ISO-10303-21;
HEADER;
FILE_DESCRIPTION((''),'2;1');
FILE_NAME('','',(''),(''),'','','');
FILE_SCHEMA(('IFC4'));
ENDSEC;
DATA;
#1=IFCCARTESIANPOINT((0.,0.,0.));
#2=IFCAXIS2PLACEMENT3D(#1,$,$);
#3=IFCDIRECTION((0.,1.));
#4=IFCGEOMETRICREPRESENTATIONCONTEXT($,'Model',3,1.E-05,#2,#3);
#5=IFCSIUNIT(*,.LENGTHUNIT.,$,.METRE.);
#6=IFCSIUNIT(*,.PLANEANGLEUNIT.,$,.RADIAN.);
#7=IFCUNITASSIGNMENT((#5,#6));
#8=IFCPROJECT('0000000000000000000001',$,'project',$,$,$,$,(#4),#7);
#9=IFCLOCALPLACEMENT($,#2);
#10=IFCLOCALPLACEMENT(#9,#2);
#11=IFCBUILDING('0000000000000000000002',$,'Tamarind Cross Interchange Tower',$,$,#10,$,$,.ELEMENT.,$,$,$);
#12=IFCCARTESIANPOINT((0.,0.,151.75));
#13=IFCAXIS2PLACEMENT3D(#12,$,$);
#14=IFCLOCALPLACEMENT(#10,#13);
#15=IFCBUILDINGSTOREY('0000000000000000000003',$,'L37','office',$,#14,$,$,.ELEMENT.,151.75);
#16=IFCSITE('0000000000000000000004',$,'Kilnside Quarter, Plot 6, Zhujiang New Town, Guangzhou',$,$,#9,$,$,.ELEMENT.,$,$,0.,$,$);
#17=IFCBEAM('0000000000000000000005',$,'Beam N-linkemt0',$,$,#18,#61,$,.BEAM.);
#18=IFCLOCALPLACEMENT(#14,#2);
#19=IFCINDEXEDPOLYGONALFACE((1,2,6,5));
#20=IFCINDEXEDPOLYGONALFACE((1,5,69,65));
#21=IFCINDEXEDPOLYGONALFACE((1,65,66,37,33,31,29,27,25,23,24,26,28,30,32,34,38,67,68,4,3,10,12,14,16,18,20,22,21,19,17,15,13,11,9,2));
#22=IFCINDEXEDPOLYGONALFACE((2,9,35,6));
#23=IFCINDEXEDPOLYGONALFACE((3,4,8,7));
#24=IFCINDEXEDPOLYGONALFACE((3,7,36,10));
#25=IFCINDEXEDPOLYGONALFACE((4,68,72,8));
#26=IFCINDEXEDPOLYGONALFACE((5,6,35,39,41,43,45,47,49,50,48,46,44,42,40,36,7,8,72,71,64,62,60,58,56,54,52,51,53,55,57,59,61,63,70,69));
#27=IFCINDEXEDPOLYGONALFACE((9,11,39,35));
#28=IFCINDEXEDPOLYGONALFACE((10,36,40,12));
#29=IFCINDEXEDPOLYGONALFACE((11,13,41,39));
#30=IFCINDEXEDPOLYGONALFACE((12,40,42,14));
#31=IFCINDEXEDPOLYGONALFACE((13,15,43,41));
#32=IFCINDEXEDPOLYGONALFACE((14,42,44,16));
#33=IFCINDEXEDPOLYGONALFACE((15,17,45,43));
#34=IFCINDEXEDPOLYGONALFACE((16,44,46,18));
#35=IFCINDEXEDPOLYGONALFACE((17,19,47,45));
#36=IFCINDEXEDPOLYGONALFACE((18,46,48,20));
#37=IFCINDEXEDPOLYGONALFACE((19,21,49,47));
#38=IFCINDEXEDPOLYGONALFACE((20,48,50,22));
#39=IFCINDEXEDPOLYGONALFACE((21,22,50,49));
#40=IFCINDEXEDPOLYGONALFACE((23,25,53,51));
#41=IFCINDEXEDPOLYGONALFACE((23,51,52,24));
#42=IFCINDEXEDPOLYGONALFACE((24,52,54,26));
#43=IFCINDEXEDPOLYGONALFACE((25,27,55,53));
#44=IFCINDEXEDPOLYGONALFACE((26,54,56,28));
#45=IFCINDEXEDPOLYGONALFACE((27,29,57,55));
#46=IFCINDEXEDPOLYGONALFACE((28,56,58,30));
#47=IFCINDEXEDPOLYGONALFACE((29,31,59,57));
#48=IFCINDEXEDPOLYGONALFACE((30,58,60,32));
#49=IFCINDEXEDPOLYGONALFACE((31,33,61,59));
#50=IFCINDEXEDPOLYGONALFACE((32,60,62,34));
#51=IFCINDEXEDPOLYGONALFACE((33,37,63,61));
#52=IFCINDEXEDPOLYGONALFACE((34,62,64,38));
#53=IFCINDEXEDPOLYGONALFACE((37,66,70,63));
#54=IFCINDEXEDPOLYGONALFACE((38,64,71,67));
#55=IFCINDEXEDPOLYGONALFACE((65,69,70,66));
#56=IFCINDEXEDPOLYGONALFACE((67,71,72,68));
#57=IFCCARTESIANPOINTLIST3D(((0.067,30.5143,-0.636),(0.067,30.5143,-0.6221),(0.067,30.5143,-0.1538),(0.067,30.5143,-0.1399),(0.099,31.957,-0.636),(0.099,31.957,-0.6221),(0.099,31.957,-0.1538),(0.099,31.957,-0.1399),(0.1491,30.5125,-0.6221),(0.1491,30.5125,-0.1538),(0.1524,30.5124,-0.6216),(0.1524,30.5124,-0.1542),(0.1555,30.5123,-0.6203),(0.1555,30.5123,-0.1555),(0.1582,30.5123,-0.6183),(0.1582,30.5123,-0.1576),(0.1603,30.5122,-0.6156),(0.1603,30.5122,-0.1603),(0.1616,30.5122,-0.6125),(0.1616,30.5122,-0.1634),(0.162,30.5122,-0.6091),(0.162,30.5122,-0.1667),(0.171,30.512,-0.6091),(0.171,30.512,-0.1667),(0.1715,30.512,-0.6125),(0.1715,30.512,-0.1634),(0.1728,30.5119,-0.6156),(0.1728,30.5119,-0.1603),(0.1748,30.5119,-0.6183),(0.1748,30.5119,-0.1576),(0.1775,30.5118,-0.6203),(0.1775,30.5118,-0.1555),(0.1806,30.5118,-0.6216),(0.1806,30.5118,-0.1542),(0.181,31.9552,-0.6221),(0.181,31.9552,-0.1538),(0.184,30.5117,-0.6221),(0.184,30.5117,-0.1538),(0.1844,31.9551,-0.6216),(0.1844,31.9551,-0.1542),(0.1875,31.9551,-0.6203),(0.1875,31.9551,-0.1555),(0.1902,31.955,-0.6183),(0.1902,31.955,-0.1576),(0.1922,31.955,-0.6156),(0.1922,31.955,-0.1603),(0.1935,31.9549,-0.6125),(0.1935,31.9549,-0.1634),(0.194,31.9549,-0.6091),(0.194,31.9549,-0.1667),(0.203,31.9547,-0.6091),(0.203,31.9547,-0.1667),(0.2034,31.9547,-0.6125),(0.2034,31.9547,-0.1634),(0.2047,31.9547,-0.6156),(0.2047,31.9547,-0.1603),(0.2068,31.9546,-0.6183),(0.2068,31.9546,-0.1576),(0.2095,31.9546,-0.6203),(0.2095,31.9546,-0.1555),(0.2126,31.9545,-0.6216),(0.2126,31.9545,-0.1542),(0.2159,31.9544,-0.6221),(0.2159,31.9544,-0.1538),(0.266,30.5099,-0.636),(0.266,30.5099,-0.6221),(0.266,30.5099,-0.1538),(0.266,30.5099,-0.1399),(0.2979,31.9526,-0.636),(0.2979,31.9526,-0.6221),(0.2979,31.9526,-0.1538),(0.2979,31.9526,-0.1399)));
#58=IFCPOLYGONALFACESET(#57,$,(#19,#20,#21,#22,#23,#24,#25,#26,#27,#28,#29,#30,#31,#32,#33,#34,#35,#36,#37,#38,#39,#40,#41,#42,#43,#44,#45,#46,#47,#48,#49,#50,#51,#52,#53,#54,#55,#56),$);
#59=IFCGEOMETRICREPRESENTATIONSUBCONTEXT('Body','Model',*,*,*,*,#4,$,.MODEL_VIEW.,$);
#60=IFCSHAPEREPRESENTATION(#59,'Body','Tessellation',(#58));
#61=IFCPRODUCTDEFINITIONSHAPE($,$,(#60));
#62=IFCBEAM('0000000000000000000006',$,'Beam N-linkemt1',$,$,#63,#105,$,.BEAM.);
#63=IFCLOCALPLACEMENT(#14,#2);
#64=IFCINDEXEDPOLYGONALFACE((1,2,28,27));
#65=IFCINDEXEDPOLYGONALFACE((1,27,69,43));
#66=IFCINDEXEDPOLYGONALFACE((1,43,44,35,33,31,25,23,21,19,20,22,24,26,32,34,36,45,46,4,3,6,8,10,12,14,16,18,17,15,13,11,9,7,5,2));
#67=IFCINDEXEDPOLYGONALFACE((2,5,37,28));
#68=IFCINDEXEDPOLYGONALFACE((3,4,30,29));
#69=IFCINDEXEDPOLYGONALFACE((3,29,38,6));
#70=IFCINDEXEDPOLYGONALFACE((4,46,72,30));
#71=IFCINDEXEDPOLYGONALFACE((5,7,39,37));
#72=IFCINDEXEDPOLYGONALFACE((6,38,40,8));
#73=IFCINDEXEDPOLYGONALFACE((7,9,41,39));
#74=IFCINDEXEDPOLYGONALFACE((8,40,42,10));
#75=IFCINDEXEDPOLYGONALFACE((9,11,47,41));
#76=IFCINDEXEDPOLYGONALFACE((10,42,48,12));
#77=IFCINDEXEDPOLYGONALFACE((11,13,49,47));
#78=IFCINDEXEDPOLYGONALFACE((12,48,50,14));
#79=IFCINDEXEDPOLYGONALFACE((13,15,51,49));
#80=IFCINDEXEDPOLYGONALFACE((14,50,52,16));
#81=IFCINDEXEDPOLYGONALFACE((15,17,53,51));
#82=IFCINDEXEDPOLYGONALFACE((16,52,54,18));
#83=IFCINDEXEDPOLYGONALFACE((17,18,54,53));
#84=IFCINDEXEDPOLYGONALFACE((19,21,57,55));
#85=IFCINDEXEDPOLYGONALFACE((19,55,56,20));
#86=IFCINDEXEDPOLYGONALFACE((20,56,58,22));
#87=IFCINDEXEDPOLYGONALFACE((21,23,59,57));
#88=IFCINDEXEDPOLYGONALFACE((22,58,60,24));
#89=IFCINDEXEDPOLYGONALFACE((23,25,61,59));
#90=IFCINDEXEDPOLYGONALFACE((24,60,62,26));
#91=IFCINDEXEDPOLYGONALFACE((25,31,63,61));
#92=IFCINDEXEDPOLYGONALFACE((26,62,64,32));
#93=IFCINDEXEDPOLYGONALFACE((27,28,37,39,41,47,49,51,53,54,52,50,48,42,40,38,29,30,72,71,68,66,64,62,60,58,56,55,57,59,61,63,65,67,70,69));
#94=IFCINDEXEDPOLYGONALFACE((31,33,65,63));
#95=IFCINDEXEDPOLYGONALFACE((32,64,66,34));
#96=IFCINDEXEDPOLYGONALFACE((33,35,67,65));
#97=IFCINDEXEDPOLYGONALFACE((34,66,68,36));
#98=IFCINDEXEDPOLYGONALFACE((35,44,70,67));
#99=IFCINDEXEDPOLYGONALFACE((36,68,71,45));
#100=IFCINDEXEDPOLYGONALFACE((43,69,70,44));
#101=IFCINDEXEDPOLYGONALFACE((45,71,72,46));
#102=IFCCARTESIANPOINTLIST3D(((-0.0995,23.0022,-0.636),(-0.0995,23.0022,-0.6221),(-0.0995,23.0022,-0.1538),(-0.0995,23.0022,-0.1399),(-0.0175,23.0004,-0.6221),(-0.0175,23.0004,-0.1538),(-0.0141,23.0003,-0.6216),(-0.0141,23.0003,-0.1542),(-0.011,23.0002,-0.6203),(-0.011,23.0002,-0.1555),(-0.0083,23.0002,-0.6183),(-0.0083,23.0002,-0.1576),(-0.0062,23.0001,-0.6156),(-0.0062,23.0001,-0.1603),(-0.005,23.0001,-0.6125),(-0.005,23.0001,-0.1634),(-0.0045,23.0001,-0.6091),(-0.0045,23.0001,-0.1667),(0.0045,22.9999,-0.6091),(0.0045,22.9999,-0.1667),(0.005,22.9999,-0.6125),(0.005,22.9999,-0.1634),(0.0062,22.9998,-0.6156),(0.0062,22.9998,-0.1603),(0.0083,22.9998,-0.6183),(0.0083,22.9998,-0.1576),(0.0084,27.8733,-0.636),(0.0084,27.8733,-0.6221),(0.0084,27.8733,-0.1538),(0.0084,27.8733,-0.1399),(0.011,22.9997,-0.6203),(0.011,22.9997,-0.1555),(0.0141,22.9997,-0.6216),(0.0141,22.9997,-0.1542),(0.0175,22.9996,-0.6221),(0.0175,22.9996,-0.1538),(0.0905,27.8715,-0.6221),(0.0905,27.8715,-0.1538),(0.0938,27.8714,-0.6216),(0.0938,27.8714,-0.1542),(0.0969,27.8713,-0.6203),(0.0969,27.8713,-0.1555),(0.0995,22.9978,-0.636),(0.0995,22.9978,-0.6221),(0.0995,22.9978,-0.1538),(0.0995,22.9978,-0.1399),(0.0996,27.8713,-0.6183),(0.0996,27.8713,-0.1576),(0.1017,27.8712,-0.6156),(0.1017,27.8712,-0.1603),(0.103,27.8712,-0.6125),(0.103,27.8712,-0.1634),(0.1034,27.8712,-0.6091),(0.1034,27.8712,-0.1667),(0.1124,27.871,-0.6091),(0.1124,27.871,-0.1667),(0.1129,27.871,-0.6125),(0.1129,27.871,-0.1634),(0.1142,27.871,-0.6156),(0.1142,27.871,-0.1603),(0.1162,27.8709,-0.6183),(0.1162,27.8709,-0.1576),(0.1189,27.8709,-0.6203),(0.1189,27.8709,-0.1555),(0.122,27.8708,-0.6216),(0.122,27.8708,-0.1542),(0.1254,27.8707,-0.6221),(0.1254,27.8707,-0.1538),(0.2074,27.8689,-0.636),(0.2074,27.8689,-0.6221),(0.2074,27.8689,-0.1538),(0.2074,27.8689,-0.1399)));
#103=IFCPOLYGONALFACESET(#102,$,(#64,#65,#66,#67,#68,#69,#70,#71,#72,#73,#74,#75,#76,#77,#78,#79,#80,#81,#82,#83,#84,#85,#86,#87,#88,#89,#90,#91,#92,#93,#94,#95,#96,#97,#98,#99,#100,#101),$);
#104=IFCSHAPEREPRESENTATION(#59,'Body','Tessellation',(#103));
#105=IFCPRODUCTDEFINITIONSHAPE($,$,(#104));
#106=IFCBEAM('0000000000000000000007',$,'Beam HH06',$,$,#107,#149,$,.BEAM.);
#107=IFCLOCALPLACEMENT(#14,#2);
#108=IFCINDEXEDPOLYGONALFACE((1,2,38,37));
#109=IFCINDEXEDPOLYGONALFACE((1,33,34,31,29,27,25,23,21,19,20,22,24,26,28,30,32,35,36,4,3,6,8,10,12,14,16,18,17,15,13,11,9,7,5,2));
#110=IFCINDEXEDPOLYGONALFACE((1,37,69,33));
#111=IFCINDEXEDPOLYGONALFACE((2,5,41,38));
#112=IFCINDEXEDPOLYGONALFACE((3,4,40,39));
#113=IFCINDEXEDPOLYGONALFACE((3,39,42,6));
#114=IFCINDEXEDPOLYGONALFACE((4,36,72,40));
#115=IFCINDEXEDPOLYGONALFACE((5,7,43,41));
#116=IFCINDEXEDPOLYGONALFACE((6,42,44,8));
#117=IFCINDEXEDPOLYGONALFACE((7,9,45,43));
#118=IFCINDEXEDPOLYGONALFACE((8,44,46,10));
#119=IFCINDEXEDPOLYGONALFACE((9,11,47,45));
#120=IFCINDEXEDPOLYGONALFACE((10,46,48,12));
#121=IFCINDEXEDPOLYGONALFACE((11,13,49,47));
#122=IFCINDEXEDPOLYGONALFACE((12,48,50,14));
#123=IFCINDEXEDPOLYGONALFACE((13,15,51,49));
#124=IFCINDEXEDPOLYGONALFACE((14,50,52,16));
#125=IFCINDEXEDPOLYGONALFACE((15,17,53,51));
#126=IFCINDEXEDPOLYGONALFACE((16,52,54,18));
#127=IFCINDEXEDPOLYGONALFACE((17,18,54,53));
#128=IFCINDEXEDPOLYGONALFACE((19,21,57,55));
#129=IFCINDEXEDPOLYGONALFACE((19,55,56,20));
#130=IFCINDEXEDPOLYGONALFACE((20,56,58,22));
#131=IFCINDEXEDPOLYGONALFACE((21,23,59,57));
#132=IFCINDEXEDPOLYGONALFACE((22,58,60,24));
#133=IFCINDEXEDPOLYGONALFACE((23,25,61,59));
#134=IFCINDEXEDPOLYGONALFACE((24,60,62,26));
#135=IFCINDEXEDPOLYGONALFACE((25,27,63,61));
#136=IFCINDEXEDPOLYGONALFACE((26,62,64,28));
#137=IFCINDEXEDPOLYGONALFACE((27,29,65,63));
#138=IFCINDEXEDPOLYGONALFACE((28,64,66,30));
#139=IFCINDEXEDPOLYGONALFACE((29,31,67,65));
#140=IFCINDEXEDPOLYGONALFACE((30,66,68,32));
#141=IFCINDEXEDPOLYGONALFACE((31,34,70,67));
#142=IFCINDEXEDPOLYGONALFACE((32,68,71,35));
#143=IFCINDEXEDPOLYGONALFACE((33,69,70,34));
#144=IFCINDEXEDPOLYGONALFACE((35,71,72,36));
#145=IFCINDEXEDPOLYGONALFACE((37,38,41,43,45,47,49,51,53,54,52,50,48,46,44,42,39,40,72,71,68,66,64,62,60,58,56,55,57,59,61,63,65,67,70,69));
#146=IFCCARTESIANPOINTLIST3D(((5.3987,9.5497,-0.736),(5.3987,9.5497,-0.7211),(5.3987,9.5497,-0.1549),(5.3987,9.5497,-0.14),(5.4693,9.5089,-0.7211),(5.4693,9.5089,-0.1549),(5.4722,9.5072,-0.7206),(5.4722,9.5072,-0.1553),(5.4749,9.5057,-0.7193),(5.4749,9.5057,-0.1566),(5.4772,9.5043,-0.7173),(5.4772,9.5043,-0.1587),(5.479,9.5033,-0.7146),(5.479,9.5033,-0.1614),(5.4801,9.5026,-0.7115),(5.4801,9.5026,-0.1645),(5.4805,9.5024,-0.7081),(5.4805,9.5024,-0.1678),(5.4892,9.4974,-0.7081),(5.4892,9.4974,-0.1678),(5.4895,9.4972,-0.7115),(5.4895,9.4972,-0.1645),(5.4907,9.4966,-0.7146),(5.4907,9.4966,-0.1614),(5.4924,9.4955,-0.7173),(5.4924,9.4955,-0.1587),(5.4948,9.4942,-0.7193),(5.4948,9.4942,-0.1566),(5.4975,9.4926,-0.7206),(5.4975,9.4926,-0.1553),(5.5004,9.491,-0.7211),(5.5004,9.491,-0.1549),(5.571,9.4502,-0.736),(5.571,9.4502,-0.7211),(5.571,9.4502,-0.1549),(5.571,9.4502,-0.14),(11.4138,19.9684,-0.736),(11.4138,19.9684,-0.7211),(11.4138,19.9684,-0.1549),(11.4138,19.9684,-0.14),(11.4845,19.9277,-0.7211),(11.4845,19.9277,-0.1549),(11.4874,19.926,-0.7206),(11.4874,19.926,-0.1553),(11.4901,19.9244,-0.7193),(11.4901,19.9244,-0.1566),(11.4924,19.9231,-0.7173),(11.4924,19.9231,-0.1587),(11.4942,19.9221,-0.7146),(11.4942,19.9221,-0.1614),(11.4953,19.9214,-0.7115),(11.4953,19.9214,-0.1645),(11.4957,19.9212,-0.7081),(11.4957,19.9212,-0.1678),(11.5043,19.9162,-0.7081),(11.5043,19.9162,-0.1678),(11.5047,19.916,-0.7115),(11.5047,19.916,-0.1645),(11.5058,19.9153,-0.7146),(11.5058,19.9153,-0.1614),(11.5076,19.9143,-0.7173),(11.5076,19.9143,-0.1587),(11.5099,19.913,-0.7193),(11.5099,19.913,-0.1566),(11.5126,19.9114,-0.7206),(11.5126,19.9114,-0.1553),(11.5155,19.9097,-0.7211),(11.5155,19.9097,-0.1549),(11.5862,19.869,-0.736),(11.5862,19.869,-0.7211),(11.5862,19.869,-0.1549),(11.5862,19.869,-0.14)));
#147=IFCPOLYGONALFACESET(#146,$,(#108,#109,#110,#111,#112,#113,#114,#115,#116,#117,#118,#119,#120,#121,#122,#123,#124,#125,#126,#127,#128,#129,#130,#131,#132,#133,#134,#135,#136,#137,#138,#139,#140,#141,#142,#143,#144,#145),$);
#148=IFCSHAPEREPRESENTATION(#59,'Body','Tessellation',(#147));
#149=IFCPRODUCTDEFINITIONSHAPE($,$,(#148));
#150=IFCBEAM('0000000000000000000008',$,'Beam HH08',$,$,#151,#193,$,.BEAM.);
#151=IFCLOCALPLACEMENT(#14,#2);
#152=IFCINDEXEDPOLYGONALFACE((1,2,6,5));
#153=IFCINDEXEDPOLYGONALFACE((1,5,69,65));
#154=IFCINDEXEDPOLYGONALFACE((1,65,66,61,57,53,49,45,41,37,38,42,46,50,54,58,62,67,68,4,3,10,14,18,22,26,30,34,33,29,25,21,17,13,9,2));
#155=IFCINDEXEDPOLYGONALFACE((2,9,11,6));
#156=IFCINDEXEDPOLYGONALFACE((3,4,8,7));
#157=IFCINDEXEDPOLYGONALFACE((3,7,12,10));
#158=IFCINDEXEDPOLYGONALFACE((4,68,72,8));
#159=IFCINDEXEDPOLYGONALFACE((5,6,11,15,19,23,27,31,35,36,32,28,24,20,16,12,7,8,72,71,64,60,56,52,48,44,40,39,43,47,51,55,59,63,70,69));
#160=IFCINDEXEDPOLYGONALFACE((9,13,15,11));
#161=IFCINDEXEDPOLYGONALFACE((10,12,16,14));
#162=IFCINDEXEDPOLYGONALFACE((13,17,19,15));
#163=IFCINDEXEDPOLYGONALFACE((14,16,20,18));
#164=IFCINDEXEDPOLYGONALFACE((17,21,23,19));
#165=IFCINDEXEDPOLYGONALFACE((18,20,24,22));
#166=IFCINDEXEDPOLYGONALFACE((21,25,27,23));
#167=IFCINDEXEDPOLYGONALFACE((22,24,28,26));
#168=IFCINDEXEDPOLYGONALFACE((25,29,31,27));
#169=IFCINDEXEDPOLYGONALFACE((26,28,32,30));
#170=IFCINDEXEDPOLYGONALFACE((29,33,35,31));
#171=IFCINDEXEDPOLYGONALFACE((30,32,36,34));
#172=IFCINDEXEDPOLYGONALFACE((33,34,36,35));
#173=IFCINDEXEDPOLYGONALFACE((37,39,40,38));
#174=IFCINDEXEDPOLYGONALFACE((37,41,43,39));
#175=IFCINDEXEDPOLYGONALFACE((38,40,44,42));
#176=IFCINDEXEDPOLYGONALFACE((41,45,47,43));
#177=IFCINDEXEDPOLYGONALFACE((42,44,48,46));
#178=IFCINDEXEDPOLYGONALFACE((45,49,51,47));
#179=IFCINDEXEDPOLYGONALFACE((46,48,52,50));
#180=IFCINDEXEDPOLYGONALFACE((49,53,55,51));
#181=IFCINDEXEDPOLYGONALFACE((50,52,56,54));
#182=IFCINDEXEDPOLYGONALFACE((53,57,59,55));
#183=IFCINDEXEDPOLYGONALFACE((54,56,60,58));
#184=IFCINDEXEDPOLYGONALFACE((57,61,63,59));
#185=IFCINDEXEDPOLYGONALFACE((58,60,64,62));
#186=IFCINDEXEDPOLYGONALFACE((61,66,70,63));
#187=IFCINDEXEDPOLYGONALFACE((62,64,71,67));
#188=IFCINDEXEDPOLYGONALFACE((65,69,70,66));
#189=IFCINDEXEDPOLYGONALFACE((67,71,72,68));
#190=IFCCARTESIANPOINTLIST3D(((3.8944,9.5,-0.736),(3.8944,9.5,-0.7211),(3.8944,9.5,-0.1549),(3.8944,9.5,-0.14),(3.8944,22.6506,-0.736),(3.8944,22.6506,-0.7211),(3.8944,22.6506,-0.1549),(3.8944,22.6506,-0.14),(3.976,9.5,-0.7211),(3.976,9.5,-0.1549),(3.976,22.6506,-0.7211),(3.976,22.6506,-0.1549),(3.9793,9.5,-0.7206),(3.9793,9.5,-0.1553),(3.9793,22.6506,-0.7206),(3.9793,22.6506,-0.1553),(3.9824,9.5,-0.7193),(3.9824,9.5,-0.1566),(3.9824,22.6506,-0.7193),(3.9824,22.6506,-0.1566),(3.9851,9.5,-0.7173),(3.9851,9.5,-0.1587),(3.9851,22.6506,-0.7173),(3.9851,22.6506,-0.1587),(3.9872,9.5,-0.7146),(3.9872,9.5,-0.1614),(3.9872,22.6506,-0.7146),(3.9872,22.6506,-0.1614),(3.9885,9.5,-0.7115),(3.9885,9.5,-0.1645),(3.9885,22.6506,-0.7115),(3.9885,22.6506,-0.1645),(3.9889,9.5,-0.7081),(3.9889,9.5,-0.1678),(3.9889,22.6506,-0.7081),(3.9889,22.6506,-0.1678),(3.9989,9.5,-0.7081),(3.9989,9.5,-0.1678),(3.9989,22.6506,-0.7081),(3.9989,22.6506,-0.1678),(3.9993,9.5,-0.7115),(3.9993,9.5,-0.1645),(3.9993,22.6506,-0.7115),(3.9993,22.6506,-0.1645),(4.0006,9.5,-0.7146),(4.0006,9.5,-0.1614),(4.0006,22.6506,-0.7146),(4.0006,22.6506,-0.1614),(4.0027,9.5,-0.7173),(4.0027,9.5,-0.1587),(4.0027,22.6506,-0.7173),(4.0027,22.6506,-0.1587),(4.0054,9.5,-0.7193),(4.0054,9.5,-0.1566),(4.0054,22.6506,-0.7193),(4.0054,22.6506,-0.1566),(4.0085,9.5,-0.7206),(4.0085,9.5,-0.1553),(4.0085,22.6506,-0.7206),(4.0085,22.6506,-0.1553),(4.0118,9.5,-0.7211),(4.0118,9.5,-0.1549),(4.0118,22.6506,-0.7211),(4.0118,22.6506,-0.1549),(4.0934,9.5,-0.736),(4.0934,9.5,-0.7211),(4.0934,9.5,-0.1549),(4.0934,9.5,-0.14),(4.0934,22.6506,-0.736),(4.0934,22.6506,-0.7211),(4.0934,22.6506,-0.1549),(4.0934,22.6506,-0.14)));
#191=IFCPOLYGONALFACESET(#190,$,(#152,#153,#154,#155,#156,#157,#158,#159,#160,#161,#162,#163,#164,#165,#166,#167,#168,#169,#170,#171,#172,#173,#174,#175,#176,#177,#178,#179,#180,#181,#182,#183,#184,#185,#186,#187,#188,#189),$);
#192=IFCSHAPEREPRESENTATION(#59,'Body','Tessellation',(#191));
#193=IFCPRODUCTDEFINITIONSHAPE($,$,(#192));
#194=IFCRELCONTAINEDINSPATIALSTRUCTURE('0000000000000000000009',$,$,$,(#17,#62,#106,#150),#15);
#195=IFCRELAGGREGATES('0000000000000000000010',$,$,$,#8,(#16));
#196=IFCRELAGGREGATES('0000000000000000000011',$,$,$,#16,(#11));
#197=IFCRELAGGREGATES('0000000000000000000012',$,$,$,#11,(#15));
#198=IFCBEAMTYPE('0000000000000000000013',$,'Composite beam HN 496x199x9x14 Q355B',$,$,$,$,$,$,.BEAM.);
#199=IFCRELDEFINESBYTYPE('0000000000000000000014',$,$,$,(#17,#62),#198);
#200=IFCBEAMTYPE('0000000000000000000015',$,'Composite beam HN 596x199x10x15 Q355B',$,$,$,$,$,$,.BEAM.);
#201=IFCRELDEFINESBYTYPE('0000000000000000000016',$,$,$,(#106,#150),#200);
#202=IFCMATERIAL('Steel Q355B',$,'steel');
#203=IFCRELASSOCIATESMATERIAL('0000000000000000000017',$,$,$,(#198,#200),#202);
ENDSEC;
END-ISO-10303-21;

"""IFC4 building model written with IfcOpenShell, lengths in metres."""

from ifc_helpers import new_model, si_unit, direction, frame, origin, origin_2d, place, context, subcontext, project, spatial, i_section, extrude, material, material_profile, profile_set, type_object, element, save


model = new_model("IFC4")

# Units and contexts
model_context = context("Model", 3, precision=1e-05, world=origin(), true_north=direction((0.0, 1.0)))
body_context = subcontext(model_context, "Body", "Model", "MODEL_VIEW")
ifc_project = project(units=[si_unit("LENGTHUNIT", "METRE"), si_unit("PLANEANGLEUNIT", "RADIAN")], contexts=[model_context])

# Site, building, storey
site_placement = place(None, origin())
site = spatial("IfcSite", under=ifc_project, at=site_placement, Name="Kilnside Quarter, Plot 6, Zhujiang New Town, Guangzhou", CompositionType="ELEMENT", RefElevation=0.0)
building_placement = place(site_placement, origin())
building = spatial("IfcBuilding", under=site, at=building_placement, Name="Tamarind Cross Interchange Tower", CompositionType="ELEMENT")
storey_placement = place(building_placement, frame((0.0, 0.0, 151.75)))
storey = spatial("IfcBuildingStorey", under=building, at=storey_placement, Name="L37", Description="office", CompositionType="ELEMENT", Elevation=151.75)

# Beams
ifc_material_1 = material(Name="Steel Q355B", Category="steel")
ifc_material_profile_1 = material_profile(ifc_material_1, i_section(OverallWidth=0.199, OverallDepth=0.4961, WebThickness=0.009, FlangeThickness=0.0139, FilletRadius=0.0129, at=origin_2d()), Name="HN 496x199x9x14")
ifc_profile_set_1 = profile_set([ifc_material_profile_1], Name="Steel Q355B")
beam_type_1 = type_object("IfcBeamType", Name="Composite beam HN 496x199x9x14 Q355B", PredefinedType="BEAM", material=ifc_profile_set_1)
beam_1_placement = place(storey_placement, frame((0.1985, 31.9548, -0.3879), z_axis=(-0.02216, -0.999754, 0.0), x_axis=(0.999754, -0.02216, 0.0)))
element("IfcBeam", 1, at=beam_1_placement, inside=storey, type_object=beam_type_1, Name="Beam N-linkemt0", PredefinedType="BEAM", context=body_context, shape_type="SweptSolid", body=[
    extrude(i_section(OverallWidth=0.199, OverallDepth=0.4961, WebThickness=0.009, FlangeThickness=0.0139, FilletRadius=0.0129, at=origin_2d()), origin(), (0.0, 0.0, 1.0), 1.4431),
])
beam_2_placement = place(storey_placement, frame((0.1079, 27.8711, -0.3879), z_axis=(-0.022148, -0.999755, 0.0), x_axis=(0.999755, -0.022148, 0.0)))
element("IfcBeam", 2, at=beam_2_placement, inside=storey, type_object=beam_type_1, Name="Beam N-linkemt1", PredefinedType="BEAM", context=body_context, shape_type="SweptSolid", body=[
    extrude(i_section(OverallWidth=0.199, OverallDepth=0.4961, WebThickness=0.009, FlangeThickness=0.0139, FilletRadius=0.0129, at=origin_2d()), origin(), (0.0, 0.0, 1.0), 4.8723),
])
ifc_material_profile_2 = material_profile(ifc_material_1, i_section(OverallWidth=0.199, OverallDepth=0.5959, WebThickness=0.01, FlangeThickness=0.0149, FilletRadius=0.0129, at=origin_2d()), Name="HN 596x199x10x15")
ifc_profile_set_2 = profile_set([ifc_material_profile_2], Name="Steel Q355B")
beam_type_2 = type_object("IfcBeamType", Name="Composite beam HN 596x199x10x15 Q355B", PredefinedType="BEAM", material=ifc_profile_set_2)
beam_3_placement = place(storey_placement, frame((11.5, 19.9187, -0.438), z_axis=(-0.499994, -0.866029, 0.0), x_axis=(0.866029, -0.499994, 0.0)))
element("IfcBeam", 3, at=beam_3_placement, inside=storey, type_object=beam_type_2, Name="Beam HH06", PredefinedType="BEAM", context=body_context, shape_type="SweptSolid", body=[
    extrude(i_section(OverallWidth=0.199, OverallDepth=0.5959, WebThickness=0.01, FlangeThickness=0.0149, FilletRadius=0.0129, at=origin_2d()), origin(), (0.0, 0.0, 1.0), 12.0305),
])
beam_4_placement = place(storey_placement, frame((3.9939, 22.6506, -0.438), z_axis=(0.0, -1.0, 0.0), x_axis=(1.0, 0.0, 0.0)))
element("IfcBeam", 4, at=beam_4_placement, inside=storey, type_object=beam_type_2, Name="Beam HH08", PredefinedType="BEAM", context=body_context, shape_type="SweptSolid", body=[
    extrude(i_section(OverallWidth=0.199, OverallDepth=0.5959, WebThickness=0.01, FlangeThickness=0.0149, FilletRadius=0.0129, at=origin_2d()), origin(), (0.0, 0.0, 1.0), 13.1506),
])

save(model, "model.ifc")
